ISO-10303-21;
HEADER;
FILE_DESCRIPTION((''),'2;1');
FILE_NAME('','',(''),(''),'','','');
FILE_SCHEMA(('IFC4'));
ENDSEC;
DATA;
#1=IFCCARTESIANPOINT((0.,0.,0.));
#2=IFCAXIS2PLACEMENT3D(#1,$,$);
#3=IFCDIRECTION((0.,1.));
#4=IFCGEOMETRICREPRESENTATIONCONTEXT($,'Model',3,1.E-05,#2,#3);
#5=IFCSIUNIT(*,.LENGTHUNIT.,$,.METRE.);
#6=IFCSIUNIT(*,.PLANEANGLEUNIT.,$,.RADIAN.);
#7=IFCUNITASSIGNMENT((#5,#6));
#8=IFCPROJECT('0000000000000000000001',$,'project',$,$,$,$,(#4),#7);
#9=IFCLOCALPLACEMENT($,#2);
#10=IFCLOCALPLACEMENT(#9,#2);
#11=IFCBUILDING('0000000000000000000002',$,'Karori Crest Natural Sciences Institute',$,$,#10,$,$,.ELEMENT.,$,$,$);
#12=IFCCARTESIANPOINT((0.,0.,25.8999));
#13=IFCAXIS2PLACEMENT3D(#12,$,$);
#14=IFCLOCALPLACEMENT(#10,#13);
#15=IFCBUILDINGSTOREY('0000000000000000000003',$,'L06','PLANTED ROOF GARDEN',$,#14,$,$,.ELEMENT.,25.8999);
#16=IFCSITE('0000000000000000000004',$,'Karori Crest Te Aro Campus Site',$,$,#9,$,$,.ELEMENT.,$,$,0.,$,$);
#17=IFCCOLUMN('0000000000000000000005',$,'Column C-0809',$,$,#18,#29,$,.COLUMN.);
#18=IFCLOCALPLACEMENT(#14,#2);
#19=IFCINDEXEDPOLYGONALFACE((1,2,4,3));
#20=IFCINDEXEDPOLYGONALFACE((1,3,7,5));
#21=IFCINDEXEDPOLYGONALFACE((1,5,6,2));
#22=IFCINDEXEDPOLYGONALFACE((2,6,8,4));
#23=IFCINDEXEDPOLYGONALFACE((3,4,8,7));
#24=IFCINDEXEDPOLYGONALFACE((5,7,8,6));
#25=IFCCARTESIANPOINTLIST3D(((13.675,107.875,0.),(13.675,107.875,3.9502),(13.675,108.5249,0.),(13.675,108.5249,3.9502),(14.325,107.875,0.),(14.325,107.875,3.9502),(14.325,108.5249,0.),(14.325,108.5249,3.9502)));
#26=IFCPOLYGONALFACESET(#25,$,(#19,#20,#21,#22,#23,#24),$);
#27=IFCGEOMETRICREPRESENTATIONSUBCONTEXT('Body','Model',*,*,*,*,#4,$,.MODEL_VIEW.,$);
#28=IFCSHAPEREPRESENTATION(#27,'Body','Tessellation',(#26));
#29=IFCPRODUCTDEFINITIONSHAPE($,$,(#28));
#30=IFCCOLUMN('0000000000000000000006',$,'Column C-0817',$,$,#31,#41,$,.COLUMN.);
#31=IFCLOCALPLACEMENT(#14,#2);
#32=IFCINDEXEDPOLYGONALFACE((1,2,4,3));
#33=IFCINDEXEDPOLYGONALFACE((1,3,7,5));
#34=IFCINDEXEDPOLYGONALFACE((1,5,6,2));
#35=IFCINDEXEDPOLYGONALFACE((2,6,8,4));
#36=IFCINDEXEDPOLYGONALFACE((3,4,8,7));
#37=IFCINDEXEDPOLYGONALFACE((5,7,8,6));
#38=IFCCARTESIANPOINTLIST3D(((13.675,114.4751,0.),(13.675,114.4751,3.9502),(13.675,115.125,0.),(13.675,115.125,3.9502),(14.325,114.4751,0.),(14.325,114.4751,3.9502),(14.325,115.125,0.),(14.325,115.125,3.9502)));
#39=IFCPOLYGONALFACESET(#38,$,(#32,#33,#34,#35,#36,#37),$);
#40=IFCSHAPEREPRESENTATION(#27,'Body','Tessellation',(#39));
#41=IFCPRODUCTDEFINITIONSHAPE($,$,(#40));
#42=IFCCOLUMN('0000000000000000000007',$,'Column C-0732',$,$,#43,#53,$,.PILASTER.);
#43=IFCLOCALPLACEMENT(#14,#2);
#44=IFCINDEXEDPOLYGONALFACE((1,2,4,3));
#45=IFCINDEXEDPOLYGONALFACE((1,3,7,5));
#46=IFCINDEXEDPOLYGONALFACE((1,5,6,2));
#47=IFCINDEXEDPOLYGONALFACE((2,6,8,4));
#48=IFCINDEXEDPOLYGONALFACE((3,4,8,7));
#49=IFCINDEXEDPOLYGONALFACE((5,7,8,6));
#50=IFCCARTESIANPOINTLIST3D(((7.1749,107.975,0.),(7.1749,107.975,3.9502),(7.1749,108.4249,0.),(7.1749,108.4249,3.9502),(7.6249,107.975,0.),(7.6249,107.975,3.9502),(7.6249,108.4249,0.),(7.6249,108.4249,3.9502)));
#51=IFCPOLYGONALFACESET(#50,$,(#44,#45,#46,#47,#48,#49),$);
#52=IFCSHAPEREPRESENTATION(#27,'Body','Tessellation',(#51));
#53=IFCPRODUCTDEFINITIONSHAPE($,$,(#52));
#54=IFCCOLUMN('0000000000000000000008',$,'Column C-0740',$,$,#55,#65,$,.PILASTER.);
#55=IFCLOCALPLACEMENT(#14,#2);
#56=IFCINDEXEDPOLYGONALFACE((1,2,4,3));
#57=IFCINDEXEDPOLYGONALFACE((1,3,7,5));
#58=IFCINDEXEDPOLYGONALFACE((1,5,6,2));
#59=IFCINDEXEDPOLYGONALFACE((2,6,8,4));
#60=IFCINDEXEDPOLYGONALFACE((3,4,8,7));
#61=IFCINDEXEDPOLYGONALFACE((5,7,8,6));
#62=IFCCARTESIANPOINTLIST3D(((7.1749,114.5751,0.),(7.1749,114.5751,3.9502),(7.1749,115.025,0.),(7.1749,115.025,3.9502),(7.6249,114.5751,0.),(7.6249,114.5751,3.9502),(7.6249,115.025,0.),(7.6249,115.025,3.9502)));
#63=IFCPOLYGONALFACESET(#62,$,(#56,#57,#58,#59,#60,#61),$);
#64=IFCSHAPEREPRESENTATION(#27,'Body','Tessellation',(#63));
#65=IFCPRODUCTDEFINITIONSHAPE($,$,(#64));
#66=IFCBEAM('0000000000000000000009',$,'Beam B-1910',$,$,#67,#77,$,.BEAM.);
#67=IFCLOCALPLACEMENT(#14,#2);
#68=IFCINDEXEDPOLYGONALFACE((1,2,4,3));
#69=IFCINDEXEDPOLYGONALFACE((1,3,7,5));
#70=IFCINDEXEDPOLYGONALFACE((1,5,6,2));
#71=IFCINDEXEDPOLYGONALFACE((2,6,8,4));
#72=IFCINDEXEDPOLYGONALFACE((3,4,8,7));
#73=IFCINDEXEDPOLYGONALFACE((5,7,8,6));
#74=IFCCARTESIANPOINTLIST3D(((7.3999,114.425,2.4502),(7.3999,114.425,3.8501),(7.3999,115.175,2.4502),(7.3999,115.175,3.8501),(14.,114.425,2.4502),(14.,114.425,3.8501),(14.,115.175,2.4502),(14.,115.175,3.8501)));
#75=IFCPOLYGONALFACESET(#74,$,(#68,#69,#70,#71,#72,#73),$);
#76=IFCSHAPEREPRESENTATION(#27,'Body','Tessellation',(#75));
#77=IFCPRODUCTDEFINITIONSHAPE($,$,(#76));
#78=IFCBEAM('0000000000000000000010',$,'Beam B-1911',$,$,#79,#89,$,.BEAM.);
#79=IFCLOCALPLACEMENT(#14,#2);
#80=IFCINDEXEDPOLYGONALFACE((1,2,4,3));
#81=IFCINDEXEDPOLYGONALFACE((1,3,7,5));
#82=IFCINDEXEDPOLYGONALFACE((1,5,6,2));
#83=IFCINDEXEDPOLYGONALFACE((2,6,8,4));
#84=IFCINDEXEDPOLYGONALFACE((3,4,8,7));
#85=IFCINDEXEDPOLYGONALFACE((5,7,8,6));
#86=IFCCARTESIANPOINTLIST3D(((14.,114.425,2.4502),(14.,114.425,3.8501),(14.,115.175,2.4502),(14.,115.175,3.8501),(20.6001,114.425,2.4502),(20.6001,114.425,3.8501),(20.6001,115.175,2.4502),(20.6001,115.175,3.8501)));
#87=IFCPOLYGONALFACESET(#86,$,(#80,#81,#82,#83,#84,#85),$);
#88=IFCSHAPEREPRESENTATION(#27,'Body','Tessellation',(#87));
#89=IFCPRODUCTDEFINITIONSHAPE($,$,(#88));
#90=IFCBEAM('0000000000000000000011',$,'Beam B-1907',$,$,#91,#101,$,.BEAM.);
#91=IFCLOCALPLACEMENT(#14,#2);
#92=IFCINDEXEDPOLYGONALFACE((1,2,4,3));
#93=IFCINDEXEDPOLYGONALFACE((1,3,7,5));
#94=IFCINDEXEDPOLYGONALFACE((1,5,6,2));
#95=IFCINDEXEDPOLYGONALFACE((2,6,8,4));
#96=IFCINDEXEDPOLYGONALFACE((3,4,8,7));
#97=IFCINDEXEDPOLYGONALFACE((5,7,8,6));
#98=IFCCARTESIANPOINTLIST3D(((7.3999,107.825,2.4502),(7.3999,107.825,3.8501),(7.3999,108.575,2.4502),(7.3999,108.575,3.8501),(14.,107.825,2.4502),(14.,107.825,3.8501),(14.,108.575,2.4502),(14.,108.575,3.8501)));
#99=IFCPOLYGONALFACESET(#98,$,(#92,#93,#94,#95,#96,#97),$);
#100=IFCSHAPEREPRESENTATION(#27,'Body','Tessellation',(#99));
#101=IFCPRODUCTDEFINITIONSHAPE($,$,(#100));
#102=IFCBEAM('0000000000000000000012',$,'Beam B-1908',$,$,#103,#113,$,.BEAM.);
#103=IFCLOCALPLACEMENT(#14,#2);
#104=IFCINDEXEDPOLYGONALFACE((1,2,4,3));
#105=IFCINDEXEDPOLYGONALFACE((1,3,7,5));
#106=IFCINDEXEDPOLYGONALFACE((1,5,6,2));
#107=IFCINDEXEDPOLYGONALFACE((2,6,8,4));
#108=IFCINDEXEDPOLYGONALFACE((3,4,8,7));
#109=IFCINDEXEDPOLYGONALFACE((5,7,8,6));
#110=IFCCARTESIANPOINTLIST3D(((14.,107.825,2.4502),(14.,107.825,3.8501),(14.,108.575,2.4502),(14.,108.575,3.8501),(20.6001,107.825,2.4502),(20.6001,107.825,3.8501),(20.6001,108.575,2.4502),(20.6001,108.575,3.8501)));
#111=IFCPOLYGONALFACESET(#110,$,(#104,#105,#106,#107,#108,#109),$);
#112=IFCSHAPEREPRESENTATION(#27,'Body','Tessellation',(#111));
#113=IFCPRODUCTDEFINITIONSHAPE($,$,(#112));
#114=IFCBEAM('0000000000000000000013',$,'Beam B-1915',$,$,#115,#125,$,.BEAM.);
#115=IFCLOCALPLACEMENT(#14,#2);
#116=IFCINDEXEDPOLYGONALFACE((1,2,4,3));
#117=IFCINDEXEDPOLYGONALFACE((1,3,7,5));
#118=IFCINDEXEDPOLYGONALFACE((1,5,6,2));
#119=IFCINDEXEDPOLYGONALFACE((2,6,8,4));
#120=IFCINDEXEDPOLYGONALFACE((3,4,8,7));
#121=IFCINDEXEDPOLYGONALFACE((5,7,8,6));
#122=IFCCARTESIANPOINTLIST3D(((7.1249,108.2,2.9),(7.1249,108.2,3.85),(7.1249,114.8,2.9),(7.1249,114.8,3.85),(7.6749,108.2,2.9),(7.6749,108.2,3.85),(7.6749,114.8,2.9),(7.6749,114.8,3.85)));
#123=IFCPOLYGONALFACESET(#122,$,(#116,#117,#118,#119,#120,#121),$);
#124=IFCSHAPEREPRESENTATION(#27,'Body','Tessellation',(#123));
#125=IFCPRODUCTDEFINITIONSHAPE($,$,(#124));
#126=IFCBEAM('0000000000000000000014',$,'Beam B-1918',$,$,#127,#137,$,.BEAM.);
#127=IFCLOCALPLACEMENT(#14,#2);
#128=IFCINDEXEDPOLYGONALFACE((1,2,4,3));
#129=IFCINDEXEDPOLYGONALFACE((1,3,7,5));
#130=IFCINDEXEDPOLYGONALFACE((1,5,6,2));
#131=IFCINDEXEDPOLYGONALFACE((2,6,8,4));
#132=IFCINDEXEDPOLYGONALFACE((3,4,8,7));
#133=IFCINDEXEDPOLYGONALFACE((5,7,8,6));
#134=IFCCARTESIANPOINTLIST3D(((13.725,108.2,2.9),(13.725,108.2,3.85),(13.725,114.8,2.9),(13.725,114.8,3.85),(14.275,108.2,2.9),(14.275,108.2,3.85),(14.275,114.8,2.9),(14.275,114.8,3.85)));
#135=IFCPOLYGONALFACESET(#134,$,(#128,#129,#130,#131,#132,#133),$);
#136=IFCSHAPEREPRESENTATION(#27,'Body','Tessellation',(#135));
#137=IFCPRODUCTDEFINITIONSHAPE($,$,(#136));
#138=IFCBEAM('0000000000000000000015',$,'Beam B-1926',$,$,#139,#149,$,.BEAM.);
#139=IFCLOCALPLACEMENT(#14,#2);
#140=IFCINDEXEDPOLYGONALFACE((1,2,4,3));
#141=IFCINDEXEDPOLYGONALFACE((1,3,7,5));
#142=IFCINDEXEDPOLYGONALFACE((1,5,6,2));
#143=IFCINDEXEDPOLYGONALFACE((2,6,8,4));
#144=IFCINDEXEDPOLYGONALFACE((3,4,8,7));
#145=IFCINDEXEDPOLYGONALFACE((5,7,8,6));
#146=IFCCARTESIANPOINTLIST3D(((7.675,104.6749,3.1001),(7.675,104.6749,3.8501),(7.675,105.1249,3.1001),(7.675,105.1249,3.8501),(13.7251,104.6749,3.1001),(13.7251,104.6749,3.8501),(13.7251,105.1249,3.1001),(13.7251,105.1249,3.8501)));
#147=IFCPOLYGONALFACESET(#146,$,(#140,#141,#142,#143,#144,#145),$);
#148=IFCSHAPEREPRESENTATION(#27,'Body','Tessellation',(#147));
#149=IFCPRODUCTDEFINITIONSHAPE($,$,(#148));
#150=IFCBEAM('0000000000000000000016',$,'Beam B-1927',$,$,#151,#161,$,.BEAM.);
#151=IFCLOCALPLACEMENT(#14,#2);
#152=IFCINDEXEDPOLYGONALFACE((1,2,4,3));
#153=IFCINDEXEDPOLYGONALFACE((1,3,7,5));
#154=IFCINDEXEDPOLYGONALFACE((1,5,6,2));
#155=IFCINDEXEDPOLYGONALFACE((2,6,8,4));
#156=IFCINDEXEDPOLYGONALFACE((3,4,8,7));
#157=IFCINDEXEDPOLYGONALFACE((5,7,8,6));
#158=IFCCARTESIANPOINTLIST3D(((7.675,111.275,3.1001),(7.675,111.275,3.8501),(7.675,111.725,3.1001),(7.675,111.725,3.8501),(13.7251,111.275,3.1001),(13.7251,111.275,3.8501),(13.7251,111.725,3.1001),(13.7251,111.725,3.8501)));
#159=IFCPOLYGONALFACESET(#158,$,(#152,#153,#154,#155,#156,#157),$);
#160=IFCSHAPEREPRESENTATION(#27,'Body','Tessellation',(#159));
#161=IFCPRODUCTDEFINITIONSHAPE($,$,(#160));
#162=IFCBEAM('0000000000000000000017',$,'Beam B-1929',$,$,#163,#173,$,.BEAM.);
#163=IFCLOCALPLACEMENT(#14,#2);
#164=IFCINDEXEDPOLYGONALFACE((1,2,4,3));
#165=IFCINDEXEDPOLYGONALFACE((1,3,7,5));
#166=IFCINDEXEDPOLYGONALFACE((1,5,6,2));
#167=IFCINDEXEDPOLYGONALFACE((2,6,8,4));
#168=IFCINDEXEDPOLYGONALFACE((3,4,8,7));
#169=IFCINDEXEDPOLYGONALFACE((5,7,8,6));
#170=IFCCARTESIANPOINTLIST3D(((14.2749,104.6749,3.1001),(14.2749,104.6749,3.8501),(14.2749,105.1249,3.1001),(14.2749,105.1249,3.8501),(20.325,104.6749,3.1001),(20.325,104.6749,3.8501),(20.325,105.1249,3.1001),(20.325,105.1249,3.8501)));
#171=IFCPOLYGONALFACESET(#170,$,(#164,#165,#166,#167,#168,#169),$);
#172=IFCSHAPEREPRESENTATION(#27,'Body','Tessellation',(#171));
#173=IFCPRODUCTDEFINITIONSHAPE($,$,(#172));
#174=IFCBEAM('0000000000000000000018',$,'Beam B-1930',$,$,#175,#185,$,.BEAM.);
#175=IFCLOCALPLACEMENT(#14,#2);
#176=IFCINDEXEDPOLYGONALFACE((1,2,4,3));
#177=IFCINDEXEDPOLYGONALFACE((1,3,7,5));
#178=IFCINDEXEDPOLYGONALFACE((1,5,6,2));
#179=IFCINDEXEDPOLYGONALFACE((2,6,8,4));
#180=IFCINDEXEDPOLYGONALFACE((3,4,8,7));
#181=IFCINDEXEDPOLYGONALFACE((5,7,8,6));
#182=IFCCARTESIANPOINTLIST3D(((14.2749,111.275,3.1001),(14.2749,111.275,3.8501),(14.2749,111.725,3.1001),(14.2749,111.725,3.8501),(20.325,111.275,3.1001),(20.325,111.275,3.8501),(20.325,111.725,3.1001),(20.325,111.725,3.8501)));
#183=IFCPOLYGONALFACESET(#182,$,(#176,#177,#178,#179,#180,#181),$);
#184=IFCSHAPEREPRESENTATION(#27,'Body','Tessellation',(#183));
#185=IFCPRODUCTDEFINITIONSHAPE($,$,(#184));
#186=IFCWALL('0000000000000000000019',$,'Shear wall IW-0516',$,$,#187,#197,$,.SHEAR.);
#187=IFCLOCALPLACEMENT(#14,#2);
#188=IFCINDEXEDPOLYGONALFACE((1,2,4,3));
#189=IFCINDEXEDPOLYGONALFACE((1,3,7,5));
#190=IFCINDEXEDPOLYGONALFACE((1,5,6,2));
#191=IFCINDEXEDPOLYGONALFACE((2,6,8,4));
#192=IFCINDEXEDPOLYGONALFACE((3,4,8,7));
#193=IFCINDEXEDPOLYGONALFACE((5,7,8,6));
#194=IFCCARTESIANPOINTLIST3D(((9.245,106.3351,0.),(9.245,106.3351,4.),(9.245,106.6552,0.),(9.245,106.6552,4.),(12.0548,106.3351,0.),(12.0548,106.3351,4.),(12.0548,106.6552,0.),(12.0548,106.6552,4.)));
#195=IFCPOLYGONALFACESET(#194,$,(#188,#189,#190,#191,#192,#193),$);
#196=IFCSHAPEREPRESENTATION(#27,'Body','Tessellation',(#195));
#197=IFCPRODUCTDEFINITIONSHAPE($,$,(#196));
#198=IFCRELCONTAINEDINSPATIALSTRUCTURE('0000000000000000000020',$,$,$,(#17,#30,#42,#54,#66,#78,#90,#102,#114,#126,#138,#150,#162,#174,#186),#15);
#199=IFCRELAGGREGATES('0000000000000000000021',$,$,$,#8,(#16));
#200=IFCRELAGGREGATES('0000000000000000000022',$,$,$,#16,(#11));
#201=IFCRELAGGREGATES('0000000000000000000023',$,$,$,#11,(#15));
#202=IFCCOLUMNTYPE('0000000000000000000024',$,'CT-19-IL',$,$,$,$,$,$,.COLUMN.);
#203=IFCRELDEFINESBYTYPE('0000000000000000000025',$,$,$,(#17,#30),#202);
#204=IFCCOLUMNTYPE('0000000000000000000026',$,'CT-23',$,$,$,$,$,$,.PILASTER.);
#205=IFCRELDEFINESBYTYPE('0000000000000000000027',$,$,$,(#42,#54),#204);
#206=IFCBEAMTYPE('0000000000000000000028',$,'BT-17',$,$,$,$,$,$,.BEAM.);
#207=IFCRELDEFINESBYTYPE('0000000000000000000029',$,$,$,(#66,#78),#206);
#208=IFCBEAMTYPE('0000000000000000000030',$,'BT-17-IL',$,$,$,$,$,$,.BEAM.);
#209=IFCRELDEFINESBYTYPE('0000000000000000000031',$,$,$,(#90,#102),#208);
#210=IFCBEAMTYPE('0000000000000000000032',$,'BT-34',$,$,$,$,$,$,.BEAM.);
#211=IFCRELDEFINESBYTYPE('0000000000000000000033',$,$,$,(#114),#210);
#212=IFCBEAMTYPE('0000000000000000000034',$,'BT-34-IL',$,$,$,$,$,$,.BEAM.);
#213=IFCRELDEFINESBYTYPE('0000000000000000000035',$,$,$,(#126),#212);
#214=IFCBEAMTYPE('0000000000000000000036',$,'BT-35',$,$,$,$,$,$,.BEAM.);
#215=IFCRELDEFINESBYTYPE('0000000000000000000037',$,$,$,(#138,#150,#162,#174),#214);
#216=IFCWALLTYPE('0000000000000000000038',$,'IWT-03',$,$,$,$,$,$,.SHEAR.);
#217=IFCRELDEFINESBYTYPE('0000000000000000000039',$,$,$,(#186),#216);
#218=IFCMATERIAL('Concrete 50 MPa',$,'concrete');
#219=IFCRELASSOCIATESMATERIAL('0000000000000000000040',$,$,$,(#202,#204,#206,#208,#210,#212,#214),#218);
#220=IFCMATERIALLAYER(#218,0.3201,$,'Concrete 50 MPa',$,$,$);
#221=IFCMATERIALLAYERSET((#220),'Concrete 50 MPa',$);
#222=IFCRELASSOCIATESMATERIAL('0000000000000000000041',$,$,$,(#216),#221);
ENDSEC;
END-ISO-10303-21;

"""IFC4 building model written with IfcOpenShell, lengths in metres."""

from ifc_helpers import new_model, si_unit, direction, frame, frame_2d, origin, origin_2d, place, context, subcontext, project, spatial, rectangle, extrude, material, layer, layer_set, material_profile, profile_set, type_object, element, save


model = new_model("IFC4")

# Units and contexts
model_context = context("Model", 3, precision=1e-05, world=origin(), true_north=direction((0.0, 1.0)))
body_context = subcontext(model_context, "Body", "Model", "MODEL_VIEW")
ifc_project = project(units=[si_unit("LENGTHUNIT", "METRE"), si_unit("PLANEANGLEUNIT", "RADIAN")], contexts=[model_context])

# Site, building, storey
site_placement = place(None, origin())
site = spatial("IfcSite", under=ifc_project, at=site_placement, Name="Karori Crest Te Aro Campus Site", CompositionType="ELEMENT", RefElevation=0.0)
building_placement = place(site_placement, origin())
building = spatial("IfcBuilding", under=site, at=building_placement, Name="Karori Crest Natural Sciences Institute", CompositionType="ELEMENT")
storey_placement = place(building_placement, frame((0.0, 0.0, 25.8999)))
storey = spatial("IfcBuildingStorey", under=building, at=storey_placement, Name="L06", Description="PLANTED ROOF GARDEN", CompositionType="ELEMENT", Elevation=25.8999)

# Columns
ifc_material_1 = material(Name="Concrete 50 MPa", Category="concrete")
ifc_material_profile_1 = material_profile(ifc_material_1, rectangle(XDim=0.6499, YDim=0.6499, at=origin_2d()), Name="RC650x650")
ifc_profile_set_1 = profile_set([ifc_material_profile_1], Name="Concrete 50 MPa")
column_type_1 = type_object("IfcColumnType", Name="CT-19-IL", PredefinedType="COLUMN", material=ifc_profile_set_1)
for number, where, z_axis, x_axis, name in (
    (1, (14.0, 108.2, 0.0), (0.0, 0.0, 1.0), (1.0, 0.0, 0.0), "Column C-0809"),
    (2, (14.0, 114.8, 0.0), (0.0, 0.0, 1.0), (1.0, 0.0, 0.0), "Column C-0817"),
):
    element("IfcColumn", number, at=place(storey_placement, frame(where, z_axis=z_axis, x_axis=x_axis)), inside=storey, type_object=column_type_1, Name=name, PredefinedType="COLUMN", context=body_context, shape_type="SweptSolid", body=[
        extrude(rectangle(XDim=0.6499, YDim=0.6499, at=origin_2d()), origin(), (0.0, 0.0, 1.0), 3.9502),
    ])
ifc_material_profile_2 = material_profile(ifc_material_1, rectangle(XDim=0.45, YDim=0.45, at=origin_2d()), Name="RC450x450")
ifc_profile_set_2 = profile_set([ifc_material_profile_2], Name="Concrete 50 MPa")
column_type_2 = type_object("IfcColumnType", Name="CT-23", PredefinedType="PILASTER", material=ifc_profile_set_2)
for number, where, z_axis, x_axis, name in (
    (3, (7.3999, 108.2, 0.0), (0.0, 0.0, 1.0), (1.0, 0.0, 0.0), "Column C-0732"),
    (4, (7.3999, 114.8, 0.0), (0.0, 0.0, 1.0), (1.0, 0.0, 0.0), "Column C-0740"),
):
    element("IfcColumn", number, at=place(storey_placement, frame(where, z_axis=z_axis, x_axis=x_axis)), inside=storey, type_object=column_type_2, Name=name, PredefinedType="PILASTER", context=body_context, shape_type="SweptSolid", body=[
        extrude(rectangle(XDim=0.45, YDim=0.45, at=origin_2d()), origin(), (0.0, 0.0, 1.0), 3.9502),
    ])

# Beams
ifc_material_profile_3 = material_profile(ifc_material_1, rectangle(XDim=0.75, YDim=1.3999, at=origin_2d()), Name="RCB750x1400")
ifc_profile_set_3 = profile_set([ifc_material_profile_3], Name="Concrete 50 MPa")
beam_type_1 = type_object("IfcBeamType", Name="BT-17", PredefinedType="BEAM", material=ifc_profile_set_3)
for number, where, z_axis, x_axis, name in (
    (5, (7.3999, 114.8, 3.1501), (1.0, 0.0, 0.0), (0.0, 1.0, 0.0), "Beam B-1910"),
    (6, (14.0, 114.8, 3.1501), (1.0, 0.0, 0.0), (0.0, 1.0, 0.0), "Beam B-1911"),
):
    element("IfcBeam", number, at=place(storey_placement, frame(where, z_axis=z_axis, x_axis=x_axis)), inside=storey, type_object=beam_type_1, Name=name, PredefinedType="BEAM", context=body_context, shape_type="SweptSolid", body=[
        extrude(rectangle(XDim=0.75, YDim=1.3999, at=origin_2d()), origin(), (0.0, 0.0, 1.0), 6.6001),
    ])
ifc_material_profile_4 = material_profile(ifc_material_1, rectangle(XDim=0.75, YDim=1.3999, at=origin_2d()), Name="RCB750x1400")
ifc_profile_set_4 = profile_set([ifc_material_profile_4], Name="Concrete 50 MPa")
beam_type_2 = type_object("IfcBeamType", Name="BT-17-IL", PredefinedType="BEAM", material=ifc_profile_set_4)
for number, where, z_axis, x_axis, name in (
    (7, (7.3999, 108.2, 3.1501), (1.0, 0.0, 0.0), (0.0, 1.0, 0.0), "Beam B-1907"),
    (8, (14.0, 108.2, 3.1501), (1.0, 0.0, 0.0), (0.0, 1.0, 0.0), "Beam B-1908"),
):
    element("IfcBeam", number, at=place(storey_placement, frame(where, z_axis=z_axis, x_axis=x_axis)), inside=storey, type_object=beam_type_2, Name=name, PredefinedType="BEAM", context=body_context, shape_type="SweptSolid", body=[
        extrude(rectangle(XDim=0.75, YDim=1.3999, at=origin_2d()), origin(), (0.0, 0.0, 1.0), 6.6001),
    ])
ifc_material_profile_5 = material_profile(ifc_material_1, rectangle(XDim=0.55, YDim=0.95, at=origin_2d()), Name="RCB550x950")
ifc_profile_set_5 = profile_set([ifc_material_profile_5], Name="Concrete 50 MPa")
beam_type_3 = type_object("IfcBeamType", Name="BT-34", PredefinedType="BEAM", material=ifc_profile_set_5)
beam_1_placement = place(storey_placement, frame((7.3999, 108.2, 3.375), z_axis=(0.0, 1.0, 0.0), x_axis=(-1.0, 0.0, 0.0)))
element("IfcBeam", 9, at=beam_1_placement, inside=storey, type_object=beam_type_3, Name="Beam B-1915", PredefinedType="BEAM", context=body_context, shape_type="SweptSolid", body=[
    extrude(rectangle(XDim=0.55, YDim=0.95, at=origin_2d()), origin(), (0.0, 0.0, 1.0), 6.6001),
])
ifc_material_profile_6 = material_profile(ifc_material_1, rectangle(XDim=0.55, YDim=0.95, at=origin_2d()), Name="RCB550x950")
ifc_profile_set_6 = profile_set([ifc_material_profile_6], Name="Concrete 50 MPa")
beam_type_4 = type_object("IfcBeamType", Name="BT-34-IL", PredefinedType="BEAM", material=ifc_profile_set_6)
beam_2_placement = place(storey_placement, frame((14.0, 108.2, 3.375), z_axis=(0.0, 1.0, 0.0), x_axis=(-1.0, 0.0, 0.0)))
element("IfcBeam", 10, at=beam_2_placement, inside=storey, type_object=beam_type_4, Name="Beam B-1918", PredefinedType="BEAM", context=body_context, shape_type="SweptSolid", body=[
    extrude(rectangle(XDim=0.55, YDim=0.95, at=origin_2d()), origin(), (0.0, 0.0, 1.0), 6.6001),
])
ifc_material_profile_7 = material_profile(ifc_material_1, rectangle(XDim=0.45, YDim=0.75, at=origin_2d()), Name="RCB450x750")
ifc_profile_set_7 = profile_set([ifc_material_profile_7], Name="Concrete 50 MPa")
beam_type_5 = type_object("IfcBeamType", Name="BT-35", PredefinedType="BEAM", material=ifc_profile_set_7)
for number, where, z_axis, x_axis, name in (
    (11, (7.675, 104.8999, 3.4751), (1.0, 0.0, 0.0), (0.0, 1.0, 0.0), "Beam B-1926"),
    (12, (7.675, 111.5, 3.4751), (1.0, 0.0, 0.0), (0.0, 1.0, 0.0), "Beam B-1927"),
    (13, (14.2749, 104.8999, 3.4751), (1.0, 0.0, 0.0), (0.0, 1.0, 0.0), "Beam B-1929"),
    (14, (14.2749, 111.5, 3.4751), (1.0, 0.0, 0.0), (0.0, 1.0, 0.0), "Beam B-1930"),
):
    element("IfcBeam", number, at=place(storey_placement, frame(where, z_axis=z_axis, x_axis=x_axis)), inside=storey, type_object=beam_type_5, Name=name, PredefinedType="BEAM", context=body_context, shape_type="SweptSolid", body=[
        extrude(rectangle(XDim=0.45, YDim=0.75, at=origin_2d()), origin(), (0.0, 0.0, 1.0), 6.05),
    ])

# Wall
ifc_layer_1 = layer(ifc_material_1, 0.3201, Name="Concrete 50 MPa")
ifc_layer_set_1 = layer_set([ifc_layer_1], Name="Concrete 50 MPa")
wall_type_1 = type_object("IfcWallType", Name="IWT-03", PredefinedType="SHEAR", material=ifc_layer_set_1)
wall_1_placement = place(storey_placement, frame((9.2451, 106.4951, 0.0), z_axis=(0.0, 0.0, 1.0), x_axis=(1.0, 0.0, 0.0)))
element("IfcWall", 15, at=wall_1_placement, inside=storey, type_object=wall_type_1, Name="Shear wall IW-0516", PredefinedType="SHEAR", context=body_context, shape_type="SweptSolid", body=[
    extrude(rectangle(XDim=2.8098, YDim=0.3201, at=frame_2d((1.4048, 0.0))), origin(), (0.0, 0.0, 1.0), 4.0),
])

save(model, "model.ifc")
